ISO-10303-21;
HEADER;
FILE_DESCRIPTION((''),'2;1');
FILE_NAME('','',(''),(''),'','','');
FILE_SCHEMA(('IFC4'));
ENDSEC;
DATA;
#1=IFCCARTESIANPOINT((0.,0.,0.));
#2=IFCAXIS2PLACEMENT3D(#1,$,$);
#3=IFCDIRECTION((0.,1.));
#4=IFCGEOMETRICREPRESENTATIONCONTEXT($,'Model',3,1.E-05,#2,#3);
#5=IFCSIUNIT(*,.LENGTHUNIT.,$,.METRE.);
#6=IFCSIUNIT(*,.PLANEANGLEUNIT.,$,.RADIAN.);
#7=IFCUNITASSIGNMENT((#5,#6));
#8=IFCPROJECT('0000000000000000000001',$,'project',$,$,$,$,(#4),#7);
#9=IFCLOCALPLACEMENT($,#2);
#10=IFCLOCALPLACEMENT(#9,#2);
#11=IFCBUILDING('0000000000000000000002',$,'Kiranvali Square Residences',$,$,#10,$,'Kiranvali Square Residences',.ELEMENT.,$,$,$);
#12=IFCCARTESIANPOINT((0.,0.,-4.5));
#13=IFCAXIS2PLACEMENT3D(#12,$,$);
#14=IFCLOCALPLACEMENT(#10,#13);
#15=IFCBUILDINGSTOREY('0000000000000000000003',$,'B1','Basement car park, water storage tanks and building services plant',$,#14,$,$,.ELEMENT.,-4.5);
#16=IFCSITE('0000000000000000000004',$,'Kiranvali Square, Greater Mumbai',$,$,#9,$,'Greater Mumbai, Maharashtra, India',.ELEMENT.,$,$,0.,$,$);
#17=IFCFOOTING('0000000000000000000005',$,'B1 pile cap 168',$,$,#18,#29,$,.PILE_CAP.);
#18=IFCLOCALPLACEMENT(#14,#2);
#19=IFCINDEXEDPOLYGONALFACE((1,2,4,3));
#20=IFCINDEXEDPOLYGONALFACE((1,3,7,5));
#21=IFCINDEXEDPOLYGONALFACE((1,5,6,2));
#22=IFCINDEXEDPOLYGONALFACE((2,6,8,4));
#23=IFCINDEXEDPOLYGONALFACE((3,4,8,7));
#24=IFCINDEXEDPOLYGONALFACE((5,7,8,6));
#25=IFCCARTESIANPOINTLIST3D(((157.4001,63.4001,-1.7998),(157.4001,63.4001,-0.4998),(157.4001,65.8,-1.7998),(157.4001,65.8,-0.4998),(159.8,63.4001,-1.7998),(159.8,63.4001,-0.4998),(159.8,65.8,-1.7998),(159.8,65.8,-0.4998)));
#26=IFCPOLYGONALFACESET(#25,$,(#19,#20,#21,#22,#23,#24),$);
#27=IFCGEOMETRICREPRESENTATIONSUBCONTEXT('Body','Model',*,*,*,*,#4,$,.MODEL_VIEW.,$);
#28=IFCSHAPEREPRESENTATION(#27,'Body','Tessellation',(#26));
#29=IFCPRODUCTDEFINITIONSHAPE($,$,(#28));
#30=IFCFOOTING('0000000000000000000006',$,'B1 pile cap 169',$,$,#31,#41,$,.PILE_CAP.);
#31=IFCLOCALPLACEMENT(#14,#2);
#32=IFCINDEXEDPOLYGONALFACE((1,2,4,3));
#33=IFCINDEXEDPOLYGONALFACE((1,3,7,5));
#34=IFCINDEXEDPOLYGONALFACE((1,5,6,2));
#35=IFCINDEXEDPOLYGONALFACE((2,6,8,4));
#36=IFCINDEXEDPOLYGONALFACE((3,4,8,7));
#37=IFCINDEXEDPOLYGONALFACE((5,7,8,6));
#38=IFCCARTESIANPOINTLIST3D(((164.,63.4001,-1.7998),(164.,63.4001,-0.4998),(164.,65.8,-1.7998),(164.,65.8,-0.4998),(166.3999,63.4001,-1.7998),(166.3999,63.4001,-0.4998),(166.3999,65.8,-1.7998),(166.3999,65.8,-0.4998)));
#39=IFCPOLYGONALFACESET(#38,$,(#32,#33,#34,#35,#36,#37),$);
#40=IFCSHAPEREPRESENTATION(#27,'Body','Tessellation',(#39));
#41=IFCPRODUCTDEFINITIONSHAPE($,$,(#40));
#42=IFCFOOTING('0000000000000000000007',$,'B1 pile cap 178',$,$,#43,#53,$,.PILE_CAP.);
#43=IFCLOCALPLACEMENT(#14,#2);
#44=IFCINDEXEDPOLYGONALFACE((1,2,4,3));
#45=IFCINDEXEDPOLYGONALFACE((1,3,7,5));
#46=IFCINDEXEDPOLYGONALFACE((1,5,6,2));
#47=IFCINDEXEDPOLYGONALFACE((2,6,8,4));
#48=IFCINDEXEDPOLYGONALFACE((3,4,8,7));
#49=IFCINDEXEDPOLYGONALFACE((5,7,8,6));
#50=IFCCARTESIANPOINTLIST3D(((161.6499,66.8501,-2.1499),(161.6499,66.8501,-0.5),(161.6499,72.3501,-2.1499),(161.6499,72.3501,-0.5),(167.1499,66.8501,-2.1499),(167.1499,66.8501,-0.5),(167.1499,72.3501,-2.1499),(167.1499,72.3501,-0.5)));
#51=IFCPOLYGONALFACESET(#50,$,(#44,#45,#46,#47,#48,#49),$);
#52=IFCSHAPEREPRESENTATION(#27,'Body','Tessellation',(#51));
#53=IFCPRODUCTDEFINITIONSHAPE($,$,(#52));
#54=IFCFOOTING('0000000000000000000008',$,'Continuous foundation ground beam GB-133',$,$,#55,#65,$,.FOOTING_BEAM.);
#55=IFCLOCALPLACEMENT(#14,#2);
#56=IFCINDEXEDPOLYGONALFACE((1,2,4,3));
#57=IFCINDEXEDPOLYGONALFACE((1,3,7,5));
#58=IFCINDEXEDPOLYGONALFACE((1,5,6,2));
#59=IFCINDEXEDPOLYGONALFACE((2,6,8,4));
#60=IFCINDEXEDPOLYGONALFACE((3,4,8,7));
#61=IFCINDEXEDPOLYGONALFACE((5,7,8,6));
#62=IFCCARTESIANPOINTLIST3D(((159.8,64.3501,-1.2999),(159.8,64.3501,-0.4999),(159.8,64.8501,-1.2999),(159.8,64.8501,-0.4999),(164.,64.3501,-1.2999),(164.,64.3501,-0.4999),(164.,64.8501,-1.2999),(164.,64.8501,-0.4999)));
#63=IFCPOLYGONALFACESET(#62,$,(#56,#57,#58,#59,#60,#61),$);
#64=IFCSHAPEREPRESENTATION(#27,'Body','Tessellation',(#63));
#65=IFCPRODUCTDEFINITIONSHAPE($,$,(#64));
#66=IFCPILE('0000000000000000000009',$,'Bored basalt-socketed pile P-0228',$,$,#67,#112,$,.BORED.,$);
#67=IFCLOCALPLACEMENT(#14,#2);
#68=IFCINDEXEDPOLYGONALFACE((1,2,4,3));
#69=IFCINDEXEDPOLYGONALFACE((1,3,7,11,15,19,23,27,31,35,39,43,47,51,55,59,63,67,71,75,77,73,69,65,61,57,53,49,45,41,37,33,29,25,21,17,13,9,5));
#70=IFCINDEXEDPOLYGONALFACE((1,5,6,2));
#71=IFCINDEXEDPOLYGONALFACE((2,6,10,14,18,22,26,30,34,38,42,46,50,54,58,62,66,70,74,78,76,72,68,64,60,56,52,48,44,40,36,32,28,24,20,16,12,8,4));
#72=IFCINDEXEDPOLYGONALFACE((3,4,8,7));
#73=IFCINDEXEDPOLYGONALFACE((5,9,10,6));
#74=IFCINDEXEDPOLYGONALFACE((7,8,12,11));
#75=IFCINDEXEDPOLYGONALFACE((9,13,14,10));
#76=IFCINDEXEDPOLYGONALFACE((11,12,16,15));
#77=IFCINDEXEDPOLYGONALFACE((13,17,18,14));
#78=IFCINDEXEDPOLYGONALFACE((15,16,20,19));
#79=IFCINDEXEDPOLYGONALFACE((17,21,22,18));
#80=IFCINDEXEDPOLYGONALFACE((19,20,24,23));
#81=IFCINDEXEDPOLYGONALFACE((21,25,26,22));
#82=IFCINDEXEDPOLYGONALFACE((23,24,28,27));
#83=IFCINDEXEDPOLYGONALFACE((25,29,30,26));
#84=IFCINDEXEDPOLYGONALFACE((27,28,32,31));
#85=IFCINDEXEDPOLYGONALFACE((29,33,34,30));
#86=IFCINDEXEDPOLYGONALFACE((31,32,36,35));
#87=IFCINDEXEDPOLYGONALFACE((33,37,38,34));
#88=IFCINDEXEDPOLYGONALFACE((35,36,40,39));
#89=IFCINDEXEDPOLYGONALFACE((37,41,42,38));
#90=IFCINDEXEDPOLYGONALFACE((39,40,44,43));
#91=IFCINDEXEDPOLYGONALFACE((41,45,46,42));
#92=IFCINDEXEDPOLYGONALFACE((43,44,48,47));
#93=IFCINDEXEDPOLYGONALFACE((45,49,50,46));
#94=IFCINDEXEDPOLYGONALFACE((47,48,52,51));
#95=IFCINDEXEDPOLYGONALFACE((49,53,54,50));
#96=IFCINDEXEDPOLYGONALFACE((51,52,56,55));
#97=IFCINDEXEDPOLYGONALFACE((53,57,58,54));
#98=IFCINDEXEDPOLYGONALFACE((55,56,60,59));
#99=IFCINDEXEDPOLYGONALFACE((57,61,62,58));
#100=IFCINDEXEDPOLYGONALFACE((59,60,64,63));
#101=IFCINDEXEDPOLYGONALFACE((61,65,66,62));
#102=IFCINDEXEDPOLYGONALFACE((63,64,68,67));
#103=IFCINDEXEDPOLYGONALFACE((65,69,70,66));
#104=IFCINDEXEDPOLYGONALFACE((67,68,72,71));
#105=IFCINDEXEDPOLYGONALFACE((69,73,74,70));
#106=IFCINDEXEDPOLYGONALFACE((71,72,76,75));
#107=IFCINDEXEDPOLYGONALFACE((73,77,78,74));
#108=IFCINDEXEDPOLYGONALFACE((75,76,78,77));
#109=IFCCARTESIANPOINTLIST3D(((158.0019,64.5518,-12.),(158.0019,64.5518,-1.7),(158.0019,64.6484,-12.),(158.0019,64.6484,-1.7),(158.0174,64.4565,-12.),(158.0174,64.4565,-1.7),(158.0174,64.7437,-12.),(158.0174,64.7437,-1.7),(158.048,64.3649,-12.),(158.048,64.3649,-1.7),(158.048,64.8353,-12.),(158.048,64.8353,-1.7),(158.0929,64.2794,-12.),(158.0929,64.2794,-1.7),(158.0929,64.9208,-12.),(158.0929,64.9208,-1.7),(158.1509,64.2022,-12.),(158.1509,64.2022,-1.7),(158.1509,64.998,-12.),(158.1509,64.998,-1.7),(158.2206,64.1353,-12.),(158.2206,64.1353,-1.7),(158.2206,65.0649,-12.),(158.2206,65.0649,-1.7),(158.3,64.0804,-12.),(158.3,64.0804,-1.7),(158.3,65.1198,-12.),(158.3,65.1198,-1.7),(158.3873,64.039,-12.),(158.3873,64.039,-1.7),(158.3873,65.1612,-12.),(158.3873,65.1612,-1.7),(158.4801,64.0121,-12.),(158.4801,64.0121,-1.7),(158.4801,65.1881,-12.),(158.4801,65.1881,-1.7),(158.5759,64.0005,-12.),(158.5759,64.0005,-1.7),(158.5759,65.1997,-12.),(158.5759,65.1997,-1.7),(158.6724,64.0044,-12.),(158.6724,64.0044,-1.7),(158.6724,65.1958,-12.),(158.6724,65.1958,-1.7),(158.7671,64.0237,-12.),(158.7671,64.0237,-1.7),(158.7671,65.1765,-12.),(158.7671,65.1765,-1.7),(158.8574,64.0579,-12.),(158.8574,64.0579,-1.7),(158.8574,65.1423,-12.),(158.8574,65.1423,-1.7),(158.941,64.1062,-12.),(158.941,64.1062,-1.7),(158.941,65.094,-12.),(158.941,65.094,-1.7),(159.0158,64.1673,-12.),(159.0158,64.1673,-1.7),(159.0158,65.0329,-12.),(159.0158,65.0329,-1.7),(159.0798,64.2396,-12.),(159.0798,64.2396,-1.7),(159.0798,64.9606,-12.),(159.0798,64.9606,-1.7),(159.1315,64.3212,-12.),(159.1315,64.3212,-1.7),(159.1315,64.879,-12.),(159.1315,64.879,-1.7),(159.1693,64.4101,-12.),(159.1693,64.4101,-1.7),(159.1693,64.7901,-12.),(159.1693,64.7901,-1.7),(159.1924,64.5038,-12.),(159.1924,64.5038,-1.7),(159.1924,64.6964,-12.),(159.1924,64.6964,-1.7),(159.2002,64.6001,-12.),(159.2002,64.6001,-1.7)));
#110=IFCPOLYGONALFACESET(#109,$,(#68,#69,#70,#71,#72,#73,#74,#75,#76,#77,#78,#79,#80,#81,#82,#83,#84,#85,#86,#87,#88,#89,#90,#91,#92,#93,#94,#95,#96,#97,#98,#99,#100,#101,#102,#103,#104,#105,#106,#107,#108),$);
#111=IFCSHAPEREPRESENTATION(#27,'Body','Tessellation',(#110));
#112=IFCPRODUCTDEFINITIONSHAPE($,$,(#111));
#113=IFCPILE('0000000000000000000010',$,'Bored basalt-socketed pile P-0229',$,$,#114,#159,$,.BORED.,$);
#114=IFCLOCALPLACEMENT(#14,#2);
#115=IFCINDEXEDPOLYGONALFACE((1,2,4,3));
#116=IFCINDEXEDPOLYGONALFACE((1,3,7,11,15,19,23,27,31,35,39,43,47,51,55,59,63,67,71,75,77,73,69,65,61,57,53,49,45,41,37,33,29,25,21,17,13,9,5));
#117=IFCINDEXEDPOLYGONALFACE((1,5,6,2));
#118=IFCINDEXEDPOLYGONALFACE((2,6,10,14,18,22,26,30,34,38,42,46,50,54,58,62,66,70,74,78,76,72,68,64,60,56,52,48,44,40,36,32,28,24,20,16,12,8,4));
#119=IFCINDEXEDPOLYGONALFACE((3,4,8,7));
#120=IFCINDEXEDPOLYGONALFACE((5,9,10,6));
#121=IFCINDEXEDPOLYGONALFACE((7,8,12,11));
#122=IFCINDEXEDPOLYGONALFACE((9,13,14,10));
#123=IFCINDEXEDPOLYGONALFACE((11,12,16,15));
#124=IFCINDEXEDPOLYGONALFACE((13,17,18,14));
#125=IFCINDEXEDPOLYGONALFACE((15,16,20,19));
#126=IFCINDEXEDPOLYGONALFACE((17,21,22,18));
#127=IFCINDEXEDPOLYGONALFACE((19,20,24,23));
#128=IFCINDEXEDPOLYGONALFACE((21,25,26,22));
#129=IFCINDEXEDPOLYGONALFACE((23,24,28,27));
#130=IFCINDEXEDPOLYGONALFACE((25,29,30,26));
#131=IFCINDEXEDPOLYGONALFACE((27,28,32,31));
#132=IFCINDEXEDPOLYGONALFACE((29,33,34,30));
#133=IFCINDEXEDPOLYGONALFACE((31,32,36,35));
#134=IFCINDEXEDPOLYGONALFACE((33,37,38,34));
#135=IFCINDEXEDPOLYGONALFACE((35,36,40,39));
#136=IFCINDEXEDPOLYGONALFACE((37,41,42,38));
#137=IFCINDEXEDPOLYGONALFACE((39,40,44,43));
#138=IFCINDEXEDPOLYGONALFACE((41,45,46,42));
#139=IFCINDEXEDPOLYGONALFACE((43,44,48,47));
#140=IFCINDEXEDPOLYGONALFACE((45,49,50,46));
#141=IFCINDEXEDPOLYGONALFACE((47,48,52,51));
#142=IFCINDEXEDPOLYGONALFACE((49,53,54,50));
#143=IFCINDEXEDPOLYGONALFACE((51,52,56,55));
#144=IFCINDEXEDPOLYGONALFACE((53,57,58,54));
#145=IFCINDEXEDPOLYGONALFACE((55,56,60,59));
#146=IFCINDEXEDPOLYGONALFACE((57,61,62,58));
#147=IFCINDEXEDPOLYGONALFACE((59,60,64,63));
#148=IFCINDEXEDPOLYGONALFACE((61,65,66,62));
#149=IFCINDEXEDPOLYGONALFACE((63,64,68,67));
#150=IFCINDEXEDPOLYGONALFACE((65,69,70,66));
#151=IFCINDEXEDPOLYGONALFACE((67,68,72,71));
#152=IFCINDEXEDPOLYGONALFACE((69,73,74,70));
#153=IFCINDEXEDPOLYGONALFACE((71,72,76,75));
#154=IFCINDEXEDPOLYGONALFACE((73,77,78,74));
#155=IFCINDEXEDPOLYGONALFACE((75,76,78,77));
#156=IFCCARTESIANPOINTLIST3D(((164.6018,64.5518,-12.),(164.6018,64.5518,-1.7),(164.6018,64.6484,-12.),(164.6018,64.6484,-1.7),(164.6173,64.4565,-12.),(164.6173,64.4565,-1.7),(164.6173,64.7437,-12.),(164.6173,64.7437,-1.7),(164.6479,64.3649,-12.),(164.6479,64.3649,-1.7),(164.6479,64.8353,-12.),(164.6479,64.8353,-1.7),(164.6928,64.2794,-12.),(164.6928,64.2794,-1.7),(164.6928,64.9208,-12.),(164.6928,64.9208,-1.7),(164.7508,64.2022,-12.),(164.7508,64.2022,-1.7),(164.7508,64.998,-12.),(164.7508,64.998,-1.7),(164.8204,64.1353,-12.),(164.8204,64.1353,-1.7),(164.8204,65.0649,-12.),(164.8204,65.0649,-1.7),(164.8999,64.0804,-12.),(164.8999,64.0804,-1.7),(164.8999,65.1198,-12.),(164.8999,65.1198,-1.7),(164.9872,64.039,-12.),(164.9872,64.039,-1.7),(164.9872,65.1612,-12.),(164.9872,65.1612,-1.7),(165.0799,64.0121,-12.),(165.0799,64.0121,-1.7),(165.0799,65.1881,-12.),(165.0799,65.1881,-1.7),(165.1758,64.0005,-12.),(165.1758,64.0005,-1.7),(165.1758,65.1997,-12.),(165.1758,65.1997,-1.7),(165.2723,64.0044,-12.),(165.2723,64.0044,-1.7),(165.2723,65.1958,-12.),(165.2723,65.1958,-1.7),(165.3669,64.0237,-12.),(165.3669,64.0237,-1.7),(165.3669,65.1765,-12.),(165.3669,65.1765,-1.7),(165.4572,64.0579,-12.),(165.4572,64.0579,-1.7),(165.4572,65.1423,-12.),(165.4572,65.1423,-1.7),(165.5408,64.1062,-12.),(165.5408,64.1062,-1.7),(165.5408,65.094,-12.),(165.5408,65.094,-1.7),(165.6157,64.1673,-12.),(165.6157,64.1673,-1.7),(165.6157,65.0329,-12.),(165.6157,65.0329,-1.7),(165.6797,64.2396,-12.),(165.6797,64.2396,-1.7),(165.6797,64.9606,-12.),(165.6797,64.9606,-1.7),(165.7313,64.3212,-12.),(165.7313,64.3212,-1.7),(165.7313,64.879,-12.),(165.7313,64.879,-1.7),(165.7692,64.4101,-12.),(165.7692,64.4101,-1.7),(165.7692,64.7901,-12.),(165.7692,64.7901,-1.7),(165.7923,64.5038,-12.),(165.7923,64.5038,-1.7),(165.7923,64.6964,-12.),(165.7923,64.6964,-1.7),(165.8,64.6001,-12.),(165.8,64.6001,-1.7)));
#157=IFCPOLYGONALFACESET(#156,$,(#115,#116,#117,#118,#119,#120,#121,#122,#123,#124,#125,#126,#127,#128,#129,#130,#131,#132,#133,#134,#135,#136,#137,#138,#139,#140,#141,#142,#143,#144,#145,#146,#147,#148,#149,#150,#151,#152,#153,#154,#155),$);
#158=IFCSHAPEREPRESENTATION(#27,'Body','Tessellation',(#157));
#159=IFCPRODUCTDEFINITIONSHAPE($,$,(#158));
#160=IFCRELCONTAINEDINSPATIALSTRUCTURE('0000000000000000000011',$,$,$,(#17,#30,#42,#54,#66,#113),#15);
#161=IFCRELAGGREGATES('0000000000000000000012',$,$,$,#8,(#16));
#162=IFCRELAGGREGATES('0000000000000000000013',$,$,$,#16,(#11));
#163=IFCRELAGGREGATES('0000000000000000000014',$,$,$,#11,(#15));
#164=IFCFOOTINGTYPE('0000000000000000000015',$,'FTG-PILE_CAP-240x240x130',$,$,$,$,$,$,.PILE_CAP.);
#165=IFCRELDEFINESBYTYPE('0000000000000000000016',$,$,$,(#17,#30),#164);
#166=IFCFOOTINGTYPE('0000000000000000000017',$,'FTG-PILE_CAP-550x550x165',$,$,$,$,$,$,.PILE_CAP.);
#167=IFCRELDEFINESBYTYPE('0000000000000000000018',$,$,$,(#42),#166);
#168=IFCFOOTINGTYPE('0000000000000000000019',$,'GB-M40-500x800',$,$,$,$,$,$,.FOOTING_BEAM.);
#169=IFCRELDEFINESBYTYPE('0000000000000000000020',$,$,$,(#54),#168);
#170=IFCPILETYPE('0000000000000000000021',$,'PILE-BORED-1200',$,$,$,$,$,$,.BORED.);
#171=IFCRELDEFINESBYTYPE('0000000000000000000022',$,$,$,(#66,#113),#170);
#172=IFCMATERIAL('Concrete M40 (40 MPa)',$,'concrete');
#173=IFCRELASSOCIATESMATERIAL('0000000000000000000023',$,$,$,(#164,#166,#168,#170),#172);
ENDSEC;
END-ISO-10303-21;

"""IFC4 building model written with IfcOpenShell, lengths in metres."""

from ifc_helpers import new_model, si_unit, direction, frame, origin, origin_2d, place, context, subcontext, project, spatial, rectangle, circle, extrude, material, material_profile, profile_set, type_object, element, save


model = new_model("IFC4")

# Units and contexts
model_context = context("Model", 3, precision=1e-05, world=origin(), true_north=direction((0.0, 1.0)))
body_context = subcontext(model_context, "Body", "Model", "MODEL_VIEW")
ifc_project = project(units=[si_unit("LENGTHUNIT", "METRE"), si_unit("PLANEANGLEUNIT", "RADIAN")], contexts=[model_context])

# Site, building, storey
site_placement = place(None, origin())
site = spatial("IfcSite", under=ifc_project, at=site_placement, Name="Kiranvali Square, Greater Mumbai", LongName="Greater Mumbai, Maharashtra, India", CompositionType="ELEMENT", RefElevation=0.0)
building_placement = place(site_placement, origin())
building = spatial("IfcBuilding", under=site, at=building_placement, Name="Kiranvali Square Residences", LongName="Kiranvali Square Residences", CompositionType="ELEMENT")
storey_placement = place(building_placement, frame((0.0, 0.0, -4.5)))
storey = spatial("IfcBuildingStorey", under=building, at=storey_placement, Name="B1", Description="Basement car park, water storage tanks and building services plant", CompositionType="ELEMENT", Elevation=-4.5)

# Footings
ifc_material_1 = material(Name="Concrete M40 (40 MPa)", Category="concrete")
footing_type_1 = type_object("IfcFootingType", Name="FTG-PILE_CAP-240x240x130", PredefinedType="PILE_CAP", material=ifc_material_1)
for number, where, z_axis, x_axis, name in (
    (1, (158.6001, 64.6001, -1.7998), (0.0, 0.0, 1.0), (1.0, 0.0, 0.0), "B1 pile cap 168"),
    (2, (165.2, 64.6001, -1.7998), (0.0, 0.0, 1.0), (1.0, 0.0, 0.0), "B1 pile cap 169"),
):
    element("IfcFooting", number, at=place(storey_placement, frame(where, z_axis=z_axis, x_axis=x_axis)), inside=storey, type_object=footing_type_1, Name=name, PredefinedType="PILE_CAP", context=body_context, shape_type="SweptSolid", body=[
        extrude(rectangle(XDim=2.3999, YDim=2.3999, at=origin_2d()), origin(), (0.0, 0.0, 1.0), 1.3),
    ])
footing_type_2 = type_object("IfcFootingType", Name="FTG-PILE_CAP-550x550x165", PredefinedType="PILE_CAP", material=ifc_material_1)
footing_1_placement = place(storey_placement, frame((164.3999, 69.6001, -2.1499), z_axis=(0.0, 0.0, 1.0), x_axis=(1.0, 0.0, 0.0)))
element("IfcFooting", 3, at=footing_1_placement, inside=storey, type_object=footing_type_2, Name="B1 pile cap 178", PredefinedType="PILE_CAP", context=body_context, shape_type="SweptSolid", body=[
    extrude(rectangle(XDim=5.5, YDim=5.5, at=origin_2d()), origin(), (0.0, 0.0, 1.0), 1.6499),
])
ifc_material_profile_1 = material_profile(ifc_material_1, rectangle(XDim=0.5, YDim=0.8, at=origin_2d()), Name="GB 500x800")
ifc_profile_set_1 = profile_set([ifc_material_profile_1], Name="Concrete M40 (40 MPa)")
footing_type_3 = type_object("IfcFootingType", Name="GB-M40-500x800", PredefinedType="FOOTING_BEAM", material=ifc_profile_set_1)
footing_2_placement = place(storey_placement, frame((159.8, 64.6001, -0.8999), z_axis=(1.0, 0.0, 0.0), x_axis=(0.0, 1.0, 0.0)))
element("IfcFooting", 4, at=footing_2_placement, inside=storey, type_object=footing_type_3, Name="Continuous foundation ground beam GB-133", PredefinedType="FOOTING_BEAM", context=body_context, shape_type="SweptSolid", body=[
    extrude(rectangle(XDim=0.5, YDim=0.8, at=origin_2d()), origin(), (0.0, 0.0, 1.0), 4.2),
])

# Piles
ifc_material_profile_2 = material_profile(ifc_material_1, circle(Radius=0.6001, at=origin_2d()), Name="BORED PILE 1200")
ifc_profile_set_2 = profile_set([ifc_material_profile_2], Name="Concrete M40 (40 MPa)")
pile_type = type_object("IfcPileType", Name="PILE-BORED-1200", PredefinedType="BORED", material=ifc_profile_set_2)
for number, where, z_axis, x_axis, name in (
    (5, (158.6001, 64.6001, -1.7), (0.0, 0.0, -1.0), (1.0, 0.0, 0.0), "Bored basalt-socketed pile P-0228"),
    (6, (165.2, 64.6001, -1.7), (0.0, 0.0, -1.0), (1.0, 0.0, 0.0), "Bored basalt-socketed pile P-0229"),
):
    element("IfcPile", number, at=place(storey_placement, frame(where, z_axis=z_axis, x_axis=x_axis)), inside=storey, type_object=pile_type, Name=name, PredefinedType="BORED", context=body_context, shape_type="SweptSolid", body=[
        extrude(circle(Radius=0.6001, at=origin_2d()), origin(), (0.0, 0.0, 1.0), 10.3),
    ])

save(model, "model.ifc")
